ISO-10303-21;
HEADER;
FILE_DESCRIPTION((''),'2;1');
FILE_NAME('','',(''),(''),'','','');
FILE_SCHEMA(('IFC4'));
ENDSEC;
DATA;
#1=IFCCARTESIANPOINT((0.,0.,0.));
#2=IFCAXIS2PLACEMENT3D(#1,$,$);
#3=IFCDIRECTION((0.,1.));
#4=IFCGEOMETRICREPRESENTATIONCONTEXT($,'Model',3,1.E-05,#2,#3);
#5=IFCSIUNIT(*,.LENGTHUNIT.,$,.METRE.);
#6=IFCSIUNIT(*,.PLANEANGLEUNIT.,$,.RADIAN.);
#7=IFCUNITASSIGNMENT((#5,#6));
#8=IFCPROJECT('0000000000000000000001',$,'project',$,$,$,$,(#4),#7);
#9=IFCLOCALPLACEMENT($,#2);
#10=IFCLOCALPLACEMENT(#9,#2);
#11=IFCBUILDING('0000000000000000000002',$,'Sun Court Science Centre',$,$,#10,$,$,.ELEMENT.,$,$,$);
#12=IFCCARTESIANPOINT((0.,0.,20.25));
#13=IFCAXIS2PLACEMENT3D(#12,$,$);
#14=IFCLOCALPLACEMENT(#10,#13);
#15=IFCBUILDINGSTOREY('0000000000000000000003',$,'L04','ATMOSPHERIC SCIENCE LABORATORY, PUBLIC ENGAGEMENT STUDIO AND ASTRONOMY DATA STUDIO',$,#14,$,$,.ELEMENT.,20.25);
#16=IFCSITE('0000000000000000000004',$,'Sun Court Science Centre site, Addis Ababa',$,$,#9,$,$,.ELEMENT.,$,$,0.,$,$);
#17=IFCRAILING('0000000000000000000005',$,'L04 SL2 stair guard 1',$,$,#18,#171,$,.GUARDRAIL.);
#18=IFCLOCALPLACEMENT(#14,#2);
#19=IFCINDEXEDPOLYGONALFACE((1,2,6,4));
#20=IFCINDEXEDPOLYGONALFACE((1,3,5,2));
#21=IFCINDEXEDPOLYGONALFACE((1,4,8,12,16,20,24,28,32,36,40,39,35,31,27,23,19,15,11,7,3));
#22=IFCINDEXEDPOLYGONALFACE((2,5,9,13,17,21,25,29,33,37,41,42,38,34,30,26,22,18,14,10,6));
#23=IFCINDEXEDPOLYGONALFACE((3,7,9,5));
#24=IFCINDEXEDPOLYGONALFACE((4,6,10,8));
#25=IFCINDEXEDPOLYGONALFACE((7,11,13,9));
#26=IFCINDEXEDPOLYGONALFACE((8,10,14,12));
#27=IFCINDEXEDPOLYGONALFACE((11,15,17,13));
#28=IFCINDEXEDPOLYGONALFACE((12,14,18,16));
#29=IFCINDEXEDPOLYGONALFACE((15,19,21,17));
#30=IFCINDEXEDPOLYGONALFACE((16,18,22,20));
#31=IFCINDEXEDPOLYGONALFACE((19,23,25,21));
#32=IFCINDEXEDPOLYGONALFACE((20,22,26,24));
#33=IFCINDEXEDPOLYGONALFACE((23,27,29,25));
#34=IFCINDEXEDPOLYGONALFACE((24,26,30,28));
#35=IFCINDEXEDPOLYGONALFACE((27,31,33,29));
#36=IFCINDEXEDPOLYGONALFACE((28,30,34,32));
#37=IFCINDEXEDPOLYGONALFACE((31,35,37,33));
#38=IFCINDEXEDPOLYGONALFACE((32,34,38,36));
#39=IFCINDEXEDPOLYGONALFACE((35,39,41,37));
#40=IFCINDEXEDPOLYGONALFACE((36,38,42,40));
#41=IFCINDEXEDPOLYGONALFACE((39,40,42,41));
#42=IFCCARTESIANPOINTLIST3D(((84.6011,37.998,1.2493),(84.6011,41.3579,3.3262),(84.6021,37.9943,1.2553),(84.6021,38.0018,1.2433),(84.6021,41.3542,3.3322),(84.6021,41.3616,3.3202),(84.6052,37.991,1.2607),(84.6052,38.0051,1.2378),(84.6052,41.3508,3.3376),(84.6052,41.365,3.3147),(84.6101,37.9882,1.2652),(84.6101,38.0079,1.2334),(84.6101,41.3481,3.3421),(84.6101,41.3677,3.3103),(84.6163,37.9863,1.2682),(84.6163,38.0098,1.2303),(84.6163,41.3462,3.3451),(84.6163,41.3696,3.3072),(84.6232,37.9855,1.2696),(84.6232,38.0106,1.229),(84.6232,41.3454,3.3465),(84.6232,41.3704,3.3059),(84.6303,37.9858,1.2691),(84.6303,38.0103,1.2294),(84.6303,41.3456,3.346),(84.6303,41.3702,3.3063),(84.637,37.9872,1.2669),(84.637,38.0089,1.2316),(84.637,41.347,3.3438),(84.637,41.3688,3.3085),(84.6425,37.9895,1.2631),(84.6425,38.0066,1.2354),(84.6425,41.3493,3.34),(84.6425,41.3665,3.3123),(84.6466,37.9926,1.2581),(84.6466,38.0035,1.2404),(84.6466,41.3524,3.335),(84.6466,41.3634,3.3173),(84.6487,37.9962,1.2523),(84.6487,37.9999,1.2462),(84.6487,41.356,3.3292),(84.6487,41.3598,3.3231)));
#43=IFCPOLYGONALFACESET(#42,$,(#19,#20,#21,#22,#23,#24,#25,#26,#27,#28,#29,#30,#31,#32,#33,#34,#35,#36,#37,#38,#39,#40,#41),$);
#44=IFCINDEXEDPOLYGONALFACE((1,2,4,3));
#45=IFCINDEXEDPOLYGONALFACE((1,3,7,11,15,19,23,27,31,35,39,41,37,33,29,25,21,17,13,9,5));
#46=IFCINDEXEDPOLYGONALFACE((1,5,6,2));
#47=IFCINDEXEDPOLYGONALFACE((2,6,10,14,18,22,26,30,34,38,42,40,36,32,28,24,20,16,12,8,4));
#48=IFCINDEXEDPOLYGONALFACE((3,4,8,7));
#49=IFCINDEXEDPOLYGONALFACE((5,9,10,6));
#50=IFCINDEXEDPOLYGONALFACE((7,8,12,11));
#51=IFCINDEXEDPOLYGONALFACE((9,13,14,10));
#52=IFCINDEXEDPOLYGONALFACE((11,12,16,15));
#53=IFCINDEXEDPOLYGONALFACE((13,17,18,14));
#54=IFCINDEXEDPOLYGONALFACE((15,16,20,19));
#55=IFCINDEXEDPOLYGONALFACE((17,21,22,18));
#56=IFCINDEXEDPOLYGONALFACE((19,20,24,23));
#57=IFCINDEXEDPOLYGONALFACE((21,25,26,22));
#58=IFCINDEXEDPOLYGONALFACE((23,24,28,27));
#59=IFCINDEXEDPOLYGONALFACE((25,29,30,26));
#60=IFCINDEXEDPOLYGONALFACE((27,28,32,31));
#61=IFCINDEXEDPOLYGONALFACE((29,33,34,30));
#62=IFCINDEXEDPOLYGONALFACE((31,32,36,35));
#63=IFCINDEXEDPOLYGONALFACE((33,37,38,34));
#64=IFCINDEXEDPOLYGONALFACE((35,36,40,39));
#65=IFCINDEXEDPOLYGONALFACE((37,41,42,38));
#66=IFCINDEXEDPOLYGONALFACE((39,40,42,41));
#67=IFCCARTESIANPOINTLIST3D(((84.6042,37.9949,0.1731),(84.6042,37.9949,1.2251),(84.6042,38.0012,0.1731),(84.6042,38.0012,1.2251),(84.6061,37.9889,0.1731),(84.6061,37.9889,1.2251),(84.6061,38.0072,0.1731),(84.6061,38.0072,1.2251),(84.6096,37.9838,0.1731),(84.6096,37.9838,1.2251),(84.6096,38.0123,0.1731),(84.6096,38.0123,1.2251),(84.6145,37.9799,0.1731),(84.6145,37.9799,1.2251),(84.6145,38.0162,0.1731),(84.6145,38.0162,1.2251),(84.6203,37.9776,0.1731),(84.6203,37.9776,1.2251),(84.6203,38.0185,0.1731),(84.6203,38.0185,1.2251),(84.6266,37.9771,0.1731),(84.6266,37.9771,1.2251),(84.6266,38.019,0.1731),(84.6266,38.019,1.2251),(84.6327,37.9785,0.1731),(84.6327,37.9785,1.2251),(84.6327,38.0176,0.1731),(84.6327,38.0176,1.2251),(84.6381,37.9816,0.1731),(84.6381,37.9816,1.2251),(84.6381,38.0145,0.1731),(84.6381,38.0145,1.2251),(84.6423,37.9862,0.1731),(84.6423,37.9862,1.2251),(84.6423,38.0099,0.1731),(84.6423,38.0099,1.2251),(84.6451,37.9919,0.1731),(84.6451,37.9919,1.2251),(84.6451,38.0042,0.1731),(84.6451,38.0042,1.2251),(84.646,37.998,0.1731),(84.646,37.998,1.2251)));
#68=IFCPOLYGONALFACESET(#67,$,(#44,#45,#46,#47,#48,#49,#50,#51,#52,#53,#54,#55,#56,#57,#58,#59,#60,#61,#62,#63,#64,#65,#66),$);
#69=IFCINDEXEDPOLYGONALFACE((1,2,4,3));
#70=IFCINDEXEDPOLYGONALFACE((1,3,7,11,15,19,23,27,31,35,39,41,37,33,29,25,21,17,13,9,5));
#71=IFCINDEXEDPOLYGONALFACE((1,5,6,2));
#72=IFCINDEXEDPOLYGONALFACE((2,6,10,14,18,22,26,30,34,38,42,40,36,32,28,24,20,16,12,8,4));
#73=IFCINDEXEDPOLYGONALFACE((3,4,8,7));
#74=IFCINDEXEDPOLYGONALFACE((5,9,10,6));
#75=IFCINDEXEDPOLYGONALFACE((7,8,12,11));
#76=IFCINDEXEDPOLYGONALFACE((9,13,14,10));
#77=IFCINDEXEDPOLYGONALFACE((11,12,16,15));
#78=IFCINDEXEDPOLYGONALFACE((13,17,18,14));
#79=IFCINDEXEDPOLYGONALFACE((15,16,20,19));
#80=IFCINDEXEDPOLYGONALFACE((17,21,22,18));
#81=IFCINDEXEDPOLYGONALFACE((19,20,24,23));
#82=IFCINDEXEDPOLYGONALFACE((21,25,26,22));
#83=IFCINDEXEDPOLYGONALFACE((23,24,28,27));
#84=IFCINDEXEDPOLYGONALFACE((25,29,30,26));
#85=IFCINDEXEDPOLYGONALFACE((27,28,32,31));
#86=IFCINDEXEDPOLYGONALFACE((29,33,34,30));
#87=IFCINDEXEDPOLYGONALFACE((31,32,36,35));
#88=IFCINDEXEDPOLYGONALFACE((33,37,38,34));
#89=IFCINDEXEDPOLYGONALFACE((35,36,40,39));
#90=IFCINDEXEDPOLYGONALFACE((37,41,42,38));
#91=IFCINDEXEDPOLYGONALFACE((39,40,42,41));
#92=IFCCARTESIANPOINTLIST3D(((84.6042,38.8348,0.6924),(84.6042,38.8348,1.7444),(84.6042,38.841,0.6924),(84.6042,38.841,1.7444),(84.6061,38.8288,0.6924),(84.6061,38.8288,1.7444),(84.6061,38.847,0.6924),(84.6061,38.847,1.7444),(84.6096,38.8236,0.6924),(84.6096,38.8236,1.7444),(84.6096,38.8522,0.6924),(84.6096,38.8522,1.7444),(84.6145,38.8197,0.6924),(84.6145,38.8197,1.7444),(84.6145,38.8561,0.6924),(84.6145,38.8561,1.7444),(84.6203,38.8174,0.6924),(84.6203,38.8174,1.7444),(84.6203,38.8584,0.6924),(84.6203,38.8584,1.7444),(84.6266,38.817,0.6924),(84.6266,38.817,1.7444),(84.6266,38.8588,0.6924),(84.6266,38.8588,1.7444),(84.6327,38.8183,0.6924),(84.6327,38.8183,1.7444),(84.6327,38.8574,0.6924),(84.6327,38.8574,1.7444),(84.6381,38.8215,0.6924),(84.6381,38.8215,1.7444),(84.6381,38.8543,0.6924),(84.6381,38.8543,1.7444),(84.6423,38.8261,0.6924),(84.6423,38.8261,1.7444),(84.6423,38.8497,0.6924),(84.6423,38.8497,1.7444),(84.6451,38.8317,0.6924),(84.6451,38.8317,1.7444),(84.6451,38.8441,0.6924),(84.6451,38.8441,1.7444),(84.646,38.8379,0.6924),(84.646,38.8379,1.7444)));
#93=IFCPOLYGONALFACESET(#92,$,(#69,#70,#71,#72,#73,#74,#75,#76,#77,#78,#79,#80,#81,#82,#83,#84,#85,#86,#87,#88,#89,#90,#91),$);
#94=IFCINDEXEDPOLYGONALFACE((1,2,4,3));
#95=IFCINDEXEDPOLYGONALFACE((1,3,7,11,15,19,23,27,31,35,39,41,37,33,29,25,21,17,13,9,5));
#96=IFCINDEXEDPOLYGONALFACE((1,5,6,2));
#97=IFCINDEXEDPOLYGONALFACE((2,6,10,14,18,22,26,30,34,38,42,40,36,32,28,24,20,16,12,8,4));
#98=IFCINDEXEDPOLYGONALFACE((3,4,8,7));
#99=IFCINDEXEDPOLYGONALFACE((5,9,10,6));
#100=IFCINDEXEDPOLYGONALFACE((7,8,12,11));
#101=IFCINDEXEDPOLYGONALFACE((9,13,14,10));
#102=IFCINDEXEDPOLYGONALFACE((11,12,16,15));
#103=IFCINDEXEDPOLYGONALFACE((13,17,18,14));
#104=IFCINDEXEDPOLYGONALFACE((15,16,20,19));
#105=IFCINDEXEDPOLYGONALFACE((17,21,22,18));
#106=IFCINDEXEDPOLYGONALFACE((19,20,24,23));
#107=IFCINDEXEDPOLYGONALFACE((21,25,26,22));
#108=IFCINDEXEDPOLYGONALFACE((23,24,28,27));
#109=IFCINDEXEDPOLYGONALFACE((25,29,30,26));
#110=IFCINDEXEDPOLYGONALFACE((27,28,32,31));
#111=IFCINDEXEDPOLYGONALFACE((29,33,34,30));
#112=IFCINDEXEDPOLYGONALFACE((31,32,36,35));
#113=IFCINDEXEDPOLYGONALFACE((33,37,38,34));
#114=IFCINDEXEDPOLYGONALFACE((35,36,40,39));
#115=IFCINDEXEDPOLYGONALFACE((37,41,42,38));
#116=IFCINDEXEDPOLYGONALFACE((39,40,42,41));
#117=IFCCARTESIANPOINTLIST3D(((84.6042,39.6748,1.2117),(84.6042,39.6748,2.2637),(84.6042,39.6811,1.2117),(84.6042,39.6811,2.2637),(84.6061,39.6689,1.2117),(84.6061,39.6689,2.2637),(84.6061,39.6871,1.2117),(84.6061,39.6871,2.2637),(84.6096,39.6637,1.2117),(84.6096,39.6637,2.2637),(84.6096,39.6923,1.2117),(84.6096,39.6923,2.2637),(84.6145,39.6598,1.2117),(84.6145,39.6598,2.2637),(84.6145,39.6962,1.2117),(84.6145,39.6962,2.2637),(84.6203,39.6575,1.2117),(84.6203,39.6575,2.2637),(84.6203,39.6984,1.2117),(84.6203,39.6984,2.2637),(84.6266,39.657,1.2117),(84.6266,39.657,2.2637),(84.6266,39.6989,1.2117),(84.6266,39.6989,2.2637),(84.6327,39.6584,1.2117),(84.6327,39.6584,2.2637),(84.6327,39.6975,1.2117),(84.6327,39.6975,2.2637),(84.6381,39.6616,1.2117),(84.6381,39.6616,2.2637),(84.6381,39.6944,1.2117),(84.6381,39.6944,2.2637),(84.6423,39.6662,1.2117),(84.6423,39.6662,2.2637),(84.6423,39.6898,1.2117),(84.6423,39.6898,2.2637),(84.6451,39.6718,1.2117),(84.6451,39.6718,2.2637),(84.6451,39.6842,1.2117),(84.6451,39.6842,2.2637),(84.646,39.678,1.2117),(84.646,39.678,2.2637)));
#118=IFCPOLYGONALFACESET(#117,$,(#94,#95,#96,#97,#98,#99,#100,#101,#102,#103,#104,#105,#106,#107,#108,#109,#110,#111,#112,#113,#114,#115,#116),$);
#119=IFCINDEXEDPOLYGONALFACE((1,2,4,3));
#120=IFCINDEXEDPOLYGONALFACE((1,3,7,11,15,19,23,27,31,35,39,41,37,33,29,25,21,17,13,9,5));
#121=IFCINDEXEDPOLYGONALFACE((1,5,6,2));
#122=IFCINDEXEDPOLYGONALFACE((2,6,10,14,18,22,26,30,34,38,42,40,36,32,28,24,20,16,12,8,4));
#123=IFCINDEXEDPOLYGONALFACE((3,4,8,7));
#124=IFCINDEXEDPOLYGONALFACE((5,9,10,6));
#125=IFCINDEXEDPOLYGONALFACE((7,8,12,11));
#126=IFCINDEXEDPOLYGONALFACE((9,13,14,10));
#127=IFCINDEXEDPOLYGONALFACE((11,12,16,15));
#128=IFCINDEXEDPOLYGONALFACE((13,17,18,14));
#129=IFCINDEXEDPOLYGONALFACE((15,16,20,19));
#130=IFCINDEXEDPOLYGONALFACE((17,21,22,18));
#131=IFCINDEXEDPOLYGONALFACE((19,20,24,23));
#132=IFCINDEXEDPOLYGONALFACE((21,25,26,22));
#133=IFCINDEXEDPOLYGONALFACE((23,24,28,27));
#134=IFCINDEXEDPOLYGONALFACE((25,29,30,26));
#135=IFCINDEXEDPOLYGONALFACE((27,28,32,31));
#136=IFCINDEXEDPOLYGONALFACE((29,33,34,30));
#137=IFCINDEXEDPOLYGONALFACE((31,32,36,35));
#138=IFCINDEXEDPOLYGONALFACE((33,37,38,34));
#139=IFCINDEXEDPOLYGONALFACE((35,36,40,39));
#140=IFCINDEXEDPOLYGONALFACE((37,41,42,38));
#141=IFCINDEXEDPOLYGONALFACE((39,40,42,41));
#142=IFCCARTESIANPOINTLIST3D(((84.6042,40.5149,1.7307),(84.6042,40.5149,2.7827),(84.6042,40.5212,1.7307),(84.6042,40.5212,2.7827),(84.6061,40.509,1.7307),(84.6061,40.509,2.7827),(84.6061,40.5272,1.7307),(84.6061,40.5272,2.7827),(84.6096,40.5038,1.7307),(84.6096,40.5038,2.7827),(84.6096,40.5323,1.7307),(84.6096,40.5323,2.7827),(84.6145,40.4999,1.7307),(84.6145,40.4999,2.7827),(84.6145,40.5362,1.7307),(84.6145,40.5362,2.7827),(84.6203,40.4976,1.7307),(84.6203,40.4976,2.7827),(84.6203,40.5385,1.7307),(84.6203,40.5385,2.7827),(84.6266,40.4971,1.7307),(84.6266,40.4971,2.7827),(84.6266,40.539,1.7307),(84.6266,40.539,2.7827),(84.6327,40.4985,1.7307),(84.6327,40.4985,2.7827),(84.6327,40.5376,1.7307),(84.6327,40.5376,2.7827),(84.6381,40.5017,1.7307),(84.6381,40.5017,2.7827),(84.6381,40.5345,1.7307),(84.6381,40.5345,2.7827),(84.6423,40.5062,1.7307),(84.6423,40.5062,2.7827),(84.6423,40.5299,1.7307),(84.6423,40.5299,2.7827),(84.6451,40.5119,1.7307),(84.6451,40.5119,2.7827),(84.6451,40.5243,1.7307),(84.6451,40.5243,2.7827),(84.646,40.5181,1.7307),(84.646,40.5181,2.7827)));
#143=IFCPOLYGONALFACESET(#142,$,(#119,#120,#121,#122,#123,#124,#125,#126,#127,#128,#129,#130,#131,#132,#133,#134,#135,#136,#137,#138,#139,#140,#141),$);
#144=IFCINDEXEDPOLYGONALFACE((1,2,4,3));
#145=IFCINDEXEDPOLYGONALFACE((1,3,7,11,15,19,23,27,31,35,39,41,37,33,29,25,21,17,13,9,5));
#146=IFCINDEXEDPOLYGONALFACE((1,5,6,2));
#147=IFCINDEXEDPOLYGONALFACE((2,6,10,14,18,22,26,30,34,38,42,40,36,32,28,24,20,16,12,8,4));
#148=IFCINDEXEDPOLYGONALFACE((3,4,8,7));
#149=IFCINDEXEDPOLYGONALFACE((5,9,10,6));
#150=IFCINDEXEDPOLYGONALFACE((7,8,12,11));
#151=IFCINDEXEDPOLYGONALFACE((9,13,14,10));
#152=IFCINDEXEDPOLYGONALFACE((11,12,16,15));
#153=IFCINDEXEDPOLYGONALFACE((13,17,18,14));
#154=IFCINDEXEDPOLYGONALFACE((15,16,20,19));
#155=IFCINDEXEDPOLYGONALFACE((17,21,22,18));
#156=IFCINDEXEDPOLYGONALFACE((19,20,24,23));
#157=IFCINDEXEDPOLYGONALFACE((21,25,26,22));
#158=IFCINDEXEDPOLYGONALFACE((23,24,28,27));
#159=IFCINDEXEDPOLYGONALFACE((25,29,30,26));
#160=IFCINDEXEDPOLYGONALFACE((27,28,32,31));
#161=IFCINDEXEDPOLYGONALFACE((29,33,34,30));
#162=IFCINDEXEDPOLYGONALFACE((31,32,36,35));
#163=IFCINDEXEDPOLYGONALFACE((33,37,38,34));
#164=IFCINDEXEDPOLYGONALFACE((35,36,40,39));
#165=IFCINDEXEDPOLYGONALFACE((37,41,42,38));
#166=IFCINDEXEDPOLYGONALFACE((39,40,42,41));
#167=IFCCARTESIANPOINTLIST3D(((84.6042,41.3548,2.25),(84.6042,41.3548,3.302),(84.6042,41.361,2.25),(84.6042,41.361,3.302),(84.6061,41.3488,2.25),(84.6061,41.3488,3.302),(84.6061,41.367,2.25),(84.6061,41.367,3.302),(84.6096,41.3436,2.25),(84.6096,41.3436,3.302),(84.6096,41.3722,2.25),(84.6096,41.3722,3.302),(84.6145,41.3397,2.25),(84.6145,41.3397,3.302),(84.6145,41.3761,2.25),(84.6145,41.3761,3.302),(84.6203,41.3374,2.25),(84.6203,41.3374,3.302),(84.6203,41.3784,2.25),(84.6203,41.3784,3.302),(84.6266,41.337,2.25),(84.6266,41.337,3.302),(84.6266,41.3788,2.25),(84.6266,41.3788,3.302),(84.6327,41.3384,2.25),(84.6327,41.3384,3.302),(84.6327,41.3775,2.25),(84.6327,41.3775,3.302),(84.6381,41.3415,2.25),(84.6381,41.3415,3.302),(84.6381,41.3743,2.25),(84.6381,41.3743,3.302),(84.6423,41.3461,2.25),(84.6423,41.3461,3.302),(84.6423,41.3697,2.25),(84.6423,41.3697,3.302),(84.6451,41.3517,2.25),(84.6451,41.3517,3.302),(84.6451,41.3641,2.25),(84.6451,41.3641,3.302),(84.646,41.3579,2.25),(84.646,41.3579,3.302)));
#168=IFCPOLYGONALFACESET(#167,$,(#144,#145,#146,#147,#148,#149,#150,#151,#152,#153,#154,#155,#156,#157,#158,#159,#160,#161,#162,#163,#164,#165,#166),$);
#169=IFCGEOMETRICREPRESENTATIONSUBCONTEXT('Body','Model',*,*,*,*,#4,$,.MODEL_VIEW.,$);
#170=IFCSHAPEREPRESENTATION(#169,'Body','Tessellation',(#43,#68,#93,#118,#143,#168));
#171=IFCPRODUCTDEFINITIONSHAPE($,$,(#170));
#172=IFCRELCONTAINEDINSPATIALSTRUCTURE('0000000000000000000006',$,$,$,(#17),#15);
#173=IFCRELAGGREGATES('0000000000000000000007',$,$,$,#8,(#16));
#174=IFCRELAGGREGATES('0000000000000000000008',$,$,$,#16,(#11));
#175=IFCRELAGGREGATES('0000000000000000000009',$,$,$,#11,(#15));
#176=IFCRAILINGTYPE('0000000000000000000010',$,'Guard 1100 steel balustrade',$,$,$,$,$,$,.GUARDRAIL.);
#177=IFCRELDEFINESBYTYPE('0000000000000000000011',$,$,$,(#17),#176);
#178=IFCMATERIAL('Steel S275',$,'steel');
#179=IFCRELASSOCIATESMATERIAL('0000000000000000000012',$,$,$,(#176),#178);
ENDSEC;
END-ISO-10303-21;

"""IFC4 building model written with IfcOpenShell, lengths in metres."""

from ifc_helpers import new_model, si_unit, direction, frame, origin, origin_2d, place, context, subcontext, project, spatial, circle, extrude, material, type_object, element, save


model = new_model("IFC4")

# Units and contexts
model_context = context("Model", 3, precision=1e-05, world=origin(), true_north=direction((0.0, 1.0)))
body_context = subcontext(model_context, "Body", "Model", "MODEL_VIEW")
ifc_project = project(units=[si_unit("LENGTHUNIT", "METRE"), si_unit("PLANEANGLEUNIT", "RADIAN")], contexts=[model_context])

# Site, building, storey
site_placement = place(None, origin())
site = spatial("IfcSite", under=ifc_project, at=site_placement, Name="Sun Court Science Centre site, Addis Ababa", CompositionType="ELEMENT", RefElevation=0.0)
building_placement = place(site_placement, origin())
building = spatial("IfcBuilding", under=site, at=building_placement, Name="Sun Court Science Centre", CompositionType="ELEMENT")
storey_placement = place(building_placement, frame((0.0, 0.0, 20.25)))
storey = spatial("IfcBuildingStorey", under=building, at=storey_placement, Name="L04", Description="ATMOSPHERIC SCIENCE LABORATORY, PUBLIC ENGAGEMENT STUDIO AND ASTRONOMY DATA STUDIO", CompositionType="ELEMENT", Elevation=20.25)

# Railing
ifc_material_1 = material(Name="Steel S275", Category="steel")
railing_type_1 = type_object("IfcRailingType", Name="Guard 1100 steel balustrade", PredefinedType="GUARDRAIL", material=ifc_material_1)
railing_1_placement = place(storey_placement, frame((84.625, 37.998, 0.1731)))
element("IfcRailing", 1, at=railing_1_placement, inside=storey, type_object=railing_type_1, Name="L04 SL2 stair guard 1", PredefinedType="GUARDRAIL", context=body_context, shape_type="SweptSolid", body=[
    extrude(circle(Radius=0.0239, at=origin_2d()), frame((0.0, 0.0, 1.0762), z_axis=(0.0, 0.850606, 0.525803), x_axis=(-1.0, 0.0, 0.0)), (0.0, 0.0, 1.0), 3.95),
    extrude(circle(Radius=0.021, at=origin_2d()), origin(), (0.0, 0.0, 1.0), 1.052),
    extrude(circle(Radius=0.021, at=origin_2d()), frame((0.0, 0.8398, 0.5193)), (0.0, 0.0, 1.0), 1.052),
    extrude(circle(Radius=0.021, at=origin_2d()), frame((0.0, 1.6799, 1.0386)), (0.0, 0.0, 1.0), 1.052),
    extrude(circle(Radius=0.021, at=origin_2d()), frame((0.0, 2.52, 1.5576)), (0.0, 0.0, 1.0), 1.052),
    extrude(circle(Radius=0.021, at=origin_2d()), frame((0.0, 3.3599, 2.0769)), (0.0, 0.0, 1.0), 1.052),
])

save(model, "model.ifc")
